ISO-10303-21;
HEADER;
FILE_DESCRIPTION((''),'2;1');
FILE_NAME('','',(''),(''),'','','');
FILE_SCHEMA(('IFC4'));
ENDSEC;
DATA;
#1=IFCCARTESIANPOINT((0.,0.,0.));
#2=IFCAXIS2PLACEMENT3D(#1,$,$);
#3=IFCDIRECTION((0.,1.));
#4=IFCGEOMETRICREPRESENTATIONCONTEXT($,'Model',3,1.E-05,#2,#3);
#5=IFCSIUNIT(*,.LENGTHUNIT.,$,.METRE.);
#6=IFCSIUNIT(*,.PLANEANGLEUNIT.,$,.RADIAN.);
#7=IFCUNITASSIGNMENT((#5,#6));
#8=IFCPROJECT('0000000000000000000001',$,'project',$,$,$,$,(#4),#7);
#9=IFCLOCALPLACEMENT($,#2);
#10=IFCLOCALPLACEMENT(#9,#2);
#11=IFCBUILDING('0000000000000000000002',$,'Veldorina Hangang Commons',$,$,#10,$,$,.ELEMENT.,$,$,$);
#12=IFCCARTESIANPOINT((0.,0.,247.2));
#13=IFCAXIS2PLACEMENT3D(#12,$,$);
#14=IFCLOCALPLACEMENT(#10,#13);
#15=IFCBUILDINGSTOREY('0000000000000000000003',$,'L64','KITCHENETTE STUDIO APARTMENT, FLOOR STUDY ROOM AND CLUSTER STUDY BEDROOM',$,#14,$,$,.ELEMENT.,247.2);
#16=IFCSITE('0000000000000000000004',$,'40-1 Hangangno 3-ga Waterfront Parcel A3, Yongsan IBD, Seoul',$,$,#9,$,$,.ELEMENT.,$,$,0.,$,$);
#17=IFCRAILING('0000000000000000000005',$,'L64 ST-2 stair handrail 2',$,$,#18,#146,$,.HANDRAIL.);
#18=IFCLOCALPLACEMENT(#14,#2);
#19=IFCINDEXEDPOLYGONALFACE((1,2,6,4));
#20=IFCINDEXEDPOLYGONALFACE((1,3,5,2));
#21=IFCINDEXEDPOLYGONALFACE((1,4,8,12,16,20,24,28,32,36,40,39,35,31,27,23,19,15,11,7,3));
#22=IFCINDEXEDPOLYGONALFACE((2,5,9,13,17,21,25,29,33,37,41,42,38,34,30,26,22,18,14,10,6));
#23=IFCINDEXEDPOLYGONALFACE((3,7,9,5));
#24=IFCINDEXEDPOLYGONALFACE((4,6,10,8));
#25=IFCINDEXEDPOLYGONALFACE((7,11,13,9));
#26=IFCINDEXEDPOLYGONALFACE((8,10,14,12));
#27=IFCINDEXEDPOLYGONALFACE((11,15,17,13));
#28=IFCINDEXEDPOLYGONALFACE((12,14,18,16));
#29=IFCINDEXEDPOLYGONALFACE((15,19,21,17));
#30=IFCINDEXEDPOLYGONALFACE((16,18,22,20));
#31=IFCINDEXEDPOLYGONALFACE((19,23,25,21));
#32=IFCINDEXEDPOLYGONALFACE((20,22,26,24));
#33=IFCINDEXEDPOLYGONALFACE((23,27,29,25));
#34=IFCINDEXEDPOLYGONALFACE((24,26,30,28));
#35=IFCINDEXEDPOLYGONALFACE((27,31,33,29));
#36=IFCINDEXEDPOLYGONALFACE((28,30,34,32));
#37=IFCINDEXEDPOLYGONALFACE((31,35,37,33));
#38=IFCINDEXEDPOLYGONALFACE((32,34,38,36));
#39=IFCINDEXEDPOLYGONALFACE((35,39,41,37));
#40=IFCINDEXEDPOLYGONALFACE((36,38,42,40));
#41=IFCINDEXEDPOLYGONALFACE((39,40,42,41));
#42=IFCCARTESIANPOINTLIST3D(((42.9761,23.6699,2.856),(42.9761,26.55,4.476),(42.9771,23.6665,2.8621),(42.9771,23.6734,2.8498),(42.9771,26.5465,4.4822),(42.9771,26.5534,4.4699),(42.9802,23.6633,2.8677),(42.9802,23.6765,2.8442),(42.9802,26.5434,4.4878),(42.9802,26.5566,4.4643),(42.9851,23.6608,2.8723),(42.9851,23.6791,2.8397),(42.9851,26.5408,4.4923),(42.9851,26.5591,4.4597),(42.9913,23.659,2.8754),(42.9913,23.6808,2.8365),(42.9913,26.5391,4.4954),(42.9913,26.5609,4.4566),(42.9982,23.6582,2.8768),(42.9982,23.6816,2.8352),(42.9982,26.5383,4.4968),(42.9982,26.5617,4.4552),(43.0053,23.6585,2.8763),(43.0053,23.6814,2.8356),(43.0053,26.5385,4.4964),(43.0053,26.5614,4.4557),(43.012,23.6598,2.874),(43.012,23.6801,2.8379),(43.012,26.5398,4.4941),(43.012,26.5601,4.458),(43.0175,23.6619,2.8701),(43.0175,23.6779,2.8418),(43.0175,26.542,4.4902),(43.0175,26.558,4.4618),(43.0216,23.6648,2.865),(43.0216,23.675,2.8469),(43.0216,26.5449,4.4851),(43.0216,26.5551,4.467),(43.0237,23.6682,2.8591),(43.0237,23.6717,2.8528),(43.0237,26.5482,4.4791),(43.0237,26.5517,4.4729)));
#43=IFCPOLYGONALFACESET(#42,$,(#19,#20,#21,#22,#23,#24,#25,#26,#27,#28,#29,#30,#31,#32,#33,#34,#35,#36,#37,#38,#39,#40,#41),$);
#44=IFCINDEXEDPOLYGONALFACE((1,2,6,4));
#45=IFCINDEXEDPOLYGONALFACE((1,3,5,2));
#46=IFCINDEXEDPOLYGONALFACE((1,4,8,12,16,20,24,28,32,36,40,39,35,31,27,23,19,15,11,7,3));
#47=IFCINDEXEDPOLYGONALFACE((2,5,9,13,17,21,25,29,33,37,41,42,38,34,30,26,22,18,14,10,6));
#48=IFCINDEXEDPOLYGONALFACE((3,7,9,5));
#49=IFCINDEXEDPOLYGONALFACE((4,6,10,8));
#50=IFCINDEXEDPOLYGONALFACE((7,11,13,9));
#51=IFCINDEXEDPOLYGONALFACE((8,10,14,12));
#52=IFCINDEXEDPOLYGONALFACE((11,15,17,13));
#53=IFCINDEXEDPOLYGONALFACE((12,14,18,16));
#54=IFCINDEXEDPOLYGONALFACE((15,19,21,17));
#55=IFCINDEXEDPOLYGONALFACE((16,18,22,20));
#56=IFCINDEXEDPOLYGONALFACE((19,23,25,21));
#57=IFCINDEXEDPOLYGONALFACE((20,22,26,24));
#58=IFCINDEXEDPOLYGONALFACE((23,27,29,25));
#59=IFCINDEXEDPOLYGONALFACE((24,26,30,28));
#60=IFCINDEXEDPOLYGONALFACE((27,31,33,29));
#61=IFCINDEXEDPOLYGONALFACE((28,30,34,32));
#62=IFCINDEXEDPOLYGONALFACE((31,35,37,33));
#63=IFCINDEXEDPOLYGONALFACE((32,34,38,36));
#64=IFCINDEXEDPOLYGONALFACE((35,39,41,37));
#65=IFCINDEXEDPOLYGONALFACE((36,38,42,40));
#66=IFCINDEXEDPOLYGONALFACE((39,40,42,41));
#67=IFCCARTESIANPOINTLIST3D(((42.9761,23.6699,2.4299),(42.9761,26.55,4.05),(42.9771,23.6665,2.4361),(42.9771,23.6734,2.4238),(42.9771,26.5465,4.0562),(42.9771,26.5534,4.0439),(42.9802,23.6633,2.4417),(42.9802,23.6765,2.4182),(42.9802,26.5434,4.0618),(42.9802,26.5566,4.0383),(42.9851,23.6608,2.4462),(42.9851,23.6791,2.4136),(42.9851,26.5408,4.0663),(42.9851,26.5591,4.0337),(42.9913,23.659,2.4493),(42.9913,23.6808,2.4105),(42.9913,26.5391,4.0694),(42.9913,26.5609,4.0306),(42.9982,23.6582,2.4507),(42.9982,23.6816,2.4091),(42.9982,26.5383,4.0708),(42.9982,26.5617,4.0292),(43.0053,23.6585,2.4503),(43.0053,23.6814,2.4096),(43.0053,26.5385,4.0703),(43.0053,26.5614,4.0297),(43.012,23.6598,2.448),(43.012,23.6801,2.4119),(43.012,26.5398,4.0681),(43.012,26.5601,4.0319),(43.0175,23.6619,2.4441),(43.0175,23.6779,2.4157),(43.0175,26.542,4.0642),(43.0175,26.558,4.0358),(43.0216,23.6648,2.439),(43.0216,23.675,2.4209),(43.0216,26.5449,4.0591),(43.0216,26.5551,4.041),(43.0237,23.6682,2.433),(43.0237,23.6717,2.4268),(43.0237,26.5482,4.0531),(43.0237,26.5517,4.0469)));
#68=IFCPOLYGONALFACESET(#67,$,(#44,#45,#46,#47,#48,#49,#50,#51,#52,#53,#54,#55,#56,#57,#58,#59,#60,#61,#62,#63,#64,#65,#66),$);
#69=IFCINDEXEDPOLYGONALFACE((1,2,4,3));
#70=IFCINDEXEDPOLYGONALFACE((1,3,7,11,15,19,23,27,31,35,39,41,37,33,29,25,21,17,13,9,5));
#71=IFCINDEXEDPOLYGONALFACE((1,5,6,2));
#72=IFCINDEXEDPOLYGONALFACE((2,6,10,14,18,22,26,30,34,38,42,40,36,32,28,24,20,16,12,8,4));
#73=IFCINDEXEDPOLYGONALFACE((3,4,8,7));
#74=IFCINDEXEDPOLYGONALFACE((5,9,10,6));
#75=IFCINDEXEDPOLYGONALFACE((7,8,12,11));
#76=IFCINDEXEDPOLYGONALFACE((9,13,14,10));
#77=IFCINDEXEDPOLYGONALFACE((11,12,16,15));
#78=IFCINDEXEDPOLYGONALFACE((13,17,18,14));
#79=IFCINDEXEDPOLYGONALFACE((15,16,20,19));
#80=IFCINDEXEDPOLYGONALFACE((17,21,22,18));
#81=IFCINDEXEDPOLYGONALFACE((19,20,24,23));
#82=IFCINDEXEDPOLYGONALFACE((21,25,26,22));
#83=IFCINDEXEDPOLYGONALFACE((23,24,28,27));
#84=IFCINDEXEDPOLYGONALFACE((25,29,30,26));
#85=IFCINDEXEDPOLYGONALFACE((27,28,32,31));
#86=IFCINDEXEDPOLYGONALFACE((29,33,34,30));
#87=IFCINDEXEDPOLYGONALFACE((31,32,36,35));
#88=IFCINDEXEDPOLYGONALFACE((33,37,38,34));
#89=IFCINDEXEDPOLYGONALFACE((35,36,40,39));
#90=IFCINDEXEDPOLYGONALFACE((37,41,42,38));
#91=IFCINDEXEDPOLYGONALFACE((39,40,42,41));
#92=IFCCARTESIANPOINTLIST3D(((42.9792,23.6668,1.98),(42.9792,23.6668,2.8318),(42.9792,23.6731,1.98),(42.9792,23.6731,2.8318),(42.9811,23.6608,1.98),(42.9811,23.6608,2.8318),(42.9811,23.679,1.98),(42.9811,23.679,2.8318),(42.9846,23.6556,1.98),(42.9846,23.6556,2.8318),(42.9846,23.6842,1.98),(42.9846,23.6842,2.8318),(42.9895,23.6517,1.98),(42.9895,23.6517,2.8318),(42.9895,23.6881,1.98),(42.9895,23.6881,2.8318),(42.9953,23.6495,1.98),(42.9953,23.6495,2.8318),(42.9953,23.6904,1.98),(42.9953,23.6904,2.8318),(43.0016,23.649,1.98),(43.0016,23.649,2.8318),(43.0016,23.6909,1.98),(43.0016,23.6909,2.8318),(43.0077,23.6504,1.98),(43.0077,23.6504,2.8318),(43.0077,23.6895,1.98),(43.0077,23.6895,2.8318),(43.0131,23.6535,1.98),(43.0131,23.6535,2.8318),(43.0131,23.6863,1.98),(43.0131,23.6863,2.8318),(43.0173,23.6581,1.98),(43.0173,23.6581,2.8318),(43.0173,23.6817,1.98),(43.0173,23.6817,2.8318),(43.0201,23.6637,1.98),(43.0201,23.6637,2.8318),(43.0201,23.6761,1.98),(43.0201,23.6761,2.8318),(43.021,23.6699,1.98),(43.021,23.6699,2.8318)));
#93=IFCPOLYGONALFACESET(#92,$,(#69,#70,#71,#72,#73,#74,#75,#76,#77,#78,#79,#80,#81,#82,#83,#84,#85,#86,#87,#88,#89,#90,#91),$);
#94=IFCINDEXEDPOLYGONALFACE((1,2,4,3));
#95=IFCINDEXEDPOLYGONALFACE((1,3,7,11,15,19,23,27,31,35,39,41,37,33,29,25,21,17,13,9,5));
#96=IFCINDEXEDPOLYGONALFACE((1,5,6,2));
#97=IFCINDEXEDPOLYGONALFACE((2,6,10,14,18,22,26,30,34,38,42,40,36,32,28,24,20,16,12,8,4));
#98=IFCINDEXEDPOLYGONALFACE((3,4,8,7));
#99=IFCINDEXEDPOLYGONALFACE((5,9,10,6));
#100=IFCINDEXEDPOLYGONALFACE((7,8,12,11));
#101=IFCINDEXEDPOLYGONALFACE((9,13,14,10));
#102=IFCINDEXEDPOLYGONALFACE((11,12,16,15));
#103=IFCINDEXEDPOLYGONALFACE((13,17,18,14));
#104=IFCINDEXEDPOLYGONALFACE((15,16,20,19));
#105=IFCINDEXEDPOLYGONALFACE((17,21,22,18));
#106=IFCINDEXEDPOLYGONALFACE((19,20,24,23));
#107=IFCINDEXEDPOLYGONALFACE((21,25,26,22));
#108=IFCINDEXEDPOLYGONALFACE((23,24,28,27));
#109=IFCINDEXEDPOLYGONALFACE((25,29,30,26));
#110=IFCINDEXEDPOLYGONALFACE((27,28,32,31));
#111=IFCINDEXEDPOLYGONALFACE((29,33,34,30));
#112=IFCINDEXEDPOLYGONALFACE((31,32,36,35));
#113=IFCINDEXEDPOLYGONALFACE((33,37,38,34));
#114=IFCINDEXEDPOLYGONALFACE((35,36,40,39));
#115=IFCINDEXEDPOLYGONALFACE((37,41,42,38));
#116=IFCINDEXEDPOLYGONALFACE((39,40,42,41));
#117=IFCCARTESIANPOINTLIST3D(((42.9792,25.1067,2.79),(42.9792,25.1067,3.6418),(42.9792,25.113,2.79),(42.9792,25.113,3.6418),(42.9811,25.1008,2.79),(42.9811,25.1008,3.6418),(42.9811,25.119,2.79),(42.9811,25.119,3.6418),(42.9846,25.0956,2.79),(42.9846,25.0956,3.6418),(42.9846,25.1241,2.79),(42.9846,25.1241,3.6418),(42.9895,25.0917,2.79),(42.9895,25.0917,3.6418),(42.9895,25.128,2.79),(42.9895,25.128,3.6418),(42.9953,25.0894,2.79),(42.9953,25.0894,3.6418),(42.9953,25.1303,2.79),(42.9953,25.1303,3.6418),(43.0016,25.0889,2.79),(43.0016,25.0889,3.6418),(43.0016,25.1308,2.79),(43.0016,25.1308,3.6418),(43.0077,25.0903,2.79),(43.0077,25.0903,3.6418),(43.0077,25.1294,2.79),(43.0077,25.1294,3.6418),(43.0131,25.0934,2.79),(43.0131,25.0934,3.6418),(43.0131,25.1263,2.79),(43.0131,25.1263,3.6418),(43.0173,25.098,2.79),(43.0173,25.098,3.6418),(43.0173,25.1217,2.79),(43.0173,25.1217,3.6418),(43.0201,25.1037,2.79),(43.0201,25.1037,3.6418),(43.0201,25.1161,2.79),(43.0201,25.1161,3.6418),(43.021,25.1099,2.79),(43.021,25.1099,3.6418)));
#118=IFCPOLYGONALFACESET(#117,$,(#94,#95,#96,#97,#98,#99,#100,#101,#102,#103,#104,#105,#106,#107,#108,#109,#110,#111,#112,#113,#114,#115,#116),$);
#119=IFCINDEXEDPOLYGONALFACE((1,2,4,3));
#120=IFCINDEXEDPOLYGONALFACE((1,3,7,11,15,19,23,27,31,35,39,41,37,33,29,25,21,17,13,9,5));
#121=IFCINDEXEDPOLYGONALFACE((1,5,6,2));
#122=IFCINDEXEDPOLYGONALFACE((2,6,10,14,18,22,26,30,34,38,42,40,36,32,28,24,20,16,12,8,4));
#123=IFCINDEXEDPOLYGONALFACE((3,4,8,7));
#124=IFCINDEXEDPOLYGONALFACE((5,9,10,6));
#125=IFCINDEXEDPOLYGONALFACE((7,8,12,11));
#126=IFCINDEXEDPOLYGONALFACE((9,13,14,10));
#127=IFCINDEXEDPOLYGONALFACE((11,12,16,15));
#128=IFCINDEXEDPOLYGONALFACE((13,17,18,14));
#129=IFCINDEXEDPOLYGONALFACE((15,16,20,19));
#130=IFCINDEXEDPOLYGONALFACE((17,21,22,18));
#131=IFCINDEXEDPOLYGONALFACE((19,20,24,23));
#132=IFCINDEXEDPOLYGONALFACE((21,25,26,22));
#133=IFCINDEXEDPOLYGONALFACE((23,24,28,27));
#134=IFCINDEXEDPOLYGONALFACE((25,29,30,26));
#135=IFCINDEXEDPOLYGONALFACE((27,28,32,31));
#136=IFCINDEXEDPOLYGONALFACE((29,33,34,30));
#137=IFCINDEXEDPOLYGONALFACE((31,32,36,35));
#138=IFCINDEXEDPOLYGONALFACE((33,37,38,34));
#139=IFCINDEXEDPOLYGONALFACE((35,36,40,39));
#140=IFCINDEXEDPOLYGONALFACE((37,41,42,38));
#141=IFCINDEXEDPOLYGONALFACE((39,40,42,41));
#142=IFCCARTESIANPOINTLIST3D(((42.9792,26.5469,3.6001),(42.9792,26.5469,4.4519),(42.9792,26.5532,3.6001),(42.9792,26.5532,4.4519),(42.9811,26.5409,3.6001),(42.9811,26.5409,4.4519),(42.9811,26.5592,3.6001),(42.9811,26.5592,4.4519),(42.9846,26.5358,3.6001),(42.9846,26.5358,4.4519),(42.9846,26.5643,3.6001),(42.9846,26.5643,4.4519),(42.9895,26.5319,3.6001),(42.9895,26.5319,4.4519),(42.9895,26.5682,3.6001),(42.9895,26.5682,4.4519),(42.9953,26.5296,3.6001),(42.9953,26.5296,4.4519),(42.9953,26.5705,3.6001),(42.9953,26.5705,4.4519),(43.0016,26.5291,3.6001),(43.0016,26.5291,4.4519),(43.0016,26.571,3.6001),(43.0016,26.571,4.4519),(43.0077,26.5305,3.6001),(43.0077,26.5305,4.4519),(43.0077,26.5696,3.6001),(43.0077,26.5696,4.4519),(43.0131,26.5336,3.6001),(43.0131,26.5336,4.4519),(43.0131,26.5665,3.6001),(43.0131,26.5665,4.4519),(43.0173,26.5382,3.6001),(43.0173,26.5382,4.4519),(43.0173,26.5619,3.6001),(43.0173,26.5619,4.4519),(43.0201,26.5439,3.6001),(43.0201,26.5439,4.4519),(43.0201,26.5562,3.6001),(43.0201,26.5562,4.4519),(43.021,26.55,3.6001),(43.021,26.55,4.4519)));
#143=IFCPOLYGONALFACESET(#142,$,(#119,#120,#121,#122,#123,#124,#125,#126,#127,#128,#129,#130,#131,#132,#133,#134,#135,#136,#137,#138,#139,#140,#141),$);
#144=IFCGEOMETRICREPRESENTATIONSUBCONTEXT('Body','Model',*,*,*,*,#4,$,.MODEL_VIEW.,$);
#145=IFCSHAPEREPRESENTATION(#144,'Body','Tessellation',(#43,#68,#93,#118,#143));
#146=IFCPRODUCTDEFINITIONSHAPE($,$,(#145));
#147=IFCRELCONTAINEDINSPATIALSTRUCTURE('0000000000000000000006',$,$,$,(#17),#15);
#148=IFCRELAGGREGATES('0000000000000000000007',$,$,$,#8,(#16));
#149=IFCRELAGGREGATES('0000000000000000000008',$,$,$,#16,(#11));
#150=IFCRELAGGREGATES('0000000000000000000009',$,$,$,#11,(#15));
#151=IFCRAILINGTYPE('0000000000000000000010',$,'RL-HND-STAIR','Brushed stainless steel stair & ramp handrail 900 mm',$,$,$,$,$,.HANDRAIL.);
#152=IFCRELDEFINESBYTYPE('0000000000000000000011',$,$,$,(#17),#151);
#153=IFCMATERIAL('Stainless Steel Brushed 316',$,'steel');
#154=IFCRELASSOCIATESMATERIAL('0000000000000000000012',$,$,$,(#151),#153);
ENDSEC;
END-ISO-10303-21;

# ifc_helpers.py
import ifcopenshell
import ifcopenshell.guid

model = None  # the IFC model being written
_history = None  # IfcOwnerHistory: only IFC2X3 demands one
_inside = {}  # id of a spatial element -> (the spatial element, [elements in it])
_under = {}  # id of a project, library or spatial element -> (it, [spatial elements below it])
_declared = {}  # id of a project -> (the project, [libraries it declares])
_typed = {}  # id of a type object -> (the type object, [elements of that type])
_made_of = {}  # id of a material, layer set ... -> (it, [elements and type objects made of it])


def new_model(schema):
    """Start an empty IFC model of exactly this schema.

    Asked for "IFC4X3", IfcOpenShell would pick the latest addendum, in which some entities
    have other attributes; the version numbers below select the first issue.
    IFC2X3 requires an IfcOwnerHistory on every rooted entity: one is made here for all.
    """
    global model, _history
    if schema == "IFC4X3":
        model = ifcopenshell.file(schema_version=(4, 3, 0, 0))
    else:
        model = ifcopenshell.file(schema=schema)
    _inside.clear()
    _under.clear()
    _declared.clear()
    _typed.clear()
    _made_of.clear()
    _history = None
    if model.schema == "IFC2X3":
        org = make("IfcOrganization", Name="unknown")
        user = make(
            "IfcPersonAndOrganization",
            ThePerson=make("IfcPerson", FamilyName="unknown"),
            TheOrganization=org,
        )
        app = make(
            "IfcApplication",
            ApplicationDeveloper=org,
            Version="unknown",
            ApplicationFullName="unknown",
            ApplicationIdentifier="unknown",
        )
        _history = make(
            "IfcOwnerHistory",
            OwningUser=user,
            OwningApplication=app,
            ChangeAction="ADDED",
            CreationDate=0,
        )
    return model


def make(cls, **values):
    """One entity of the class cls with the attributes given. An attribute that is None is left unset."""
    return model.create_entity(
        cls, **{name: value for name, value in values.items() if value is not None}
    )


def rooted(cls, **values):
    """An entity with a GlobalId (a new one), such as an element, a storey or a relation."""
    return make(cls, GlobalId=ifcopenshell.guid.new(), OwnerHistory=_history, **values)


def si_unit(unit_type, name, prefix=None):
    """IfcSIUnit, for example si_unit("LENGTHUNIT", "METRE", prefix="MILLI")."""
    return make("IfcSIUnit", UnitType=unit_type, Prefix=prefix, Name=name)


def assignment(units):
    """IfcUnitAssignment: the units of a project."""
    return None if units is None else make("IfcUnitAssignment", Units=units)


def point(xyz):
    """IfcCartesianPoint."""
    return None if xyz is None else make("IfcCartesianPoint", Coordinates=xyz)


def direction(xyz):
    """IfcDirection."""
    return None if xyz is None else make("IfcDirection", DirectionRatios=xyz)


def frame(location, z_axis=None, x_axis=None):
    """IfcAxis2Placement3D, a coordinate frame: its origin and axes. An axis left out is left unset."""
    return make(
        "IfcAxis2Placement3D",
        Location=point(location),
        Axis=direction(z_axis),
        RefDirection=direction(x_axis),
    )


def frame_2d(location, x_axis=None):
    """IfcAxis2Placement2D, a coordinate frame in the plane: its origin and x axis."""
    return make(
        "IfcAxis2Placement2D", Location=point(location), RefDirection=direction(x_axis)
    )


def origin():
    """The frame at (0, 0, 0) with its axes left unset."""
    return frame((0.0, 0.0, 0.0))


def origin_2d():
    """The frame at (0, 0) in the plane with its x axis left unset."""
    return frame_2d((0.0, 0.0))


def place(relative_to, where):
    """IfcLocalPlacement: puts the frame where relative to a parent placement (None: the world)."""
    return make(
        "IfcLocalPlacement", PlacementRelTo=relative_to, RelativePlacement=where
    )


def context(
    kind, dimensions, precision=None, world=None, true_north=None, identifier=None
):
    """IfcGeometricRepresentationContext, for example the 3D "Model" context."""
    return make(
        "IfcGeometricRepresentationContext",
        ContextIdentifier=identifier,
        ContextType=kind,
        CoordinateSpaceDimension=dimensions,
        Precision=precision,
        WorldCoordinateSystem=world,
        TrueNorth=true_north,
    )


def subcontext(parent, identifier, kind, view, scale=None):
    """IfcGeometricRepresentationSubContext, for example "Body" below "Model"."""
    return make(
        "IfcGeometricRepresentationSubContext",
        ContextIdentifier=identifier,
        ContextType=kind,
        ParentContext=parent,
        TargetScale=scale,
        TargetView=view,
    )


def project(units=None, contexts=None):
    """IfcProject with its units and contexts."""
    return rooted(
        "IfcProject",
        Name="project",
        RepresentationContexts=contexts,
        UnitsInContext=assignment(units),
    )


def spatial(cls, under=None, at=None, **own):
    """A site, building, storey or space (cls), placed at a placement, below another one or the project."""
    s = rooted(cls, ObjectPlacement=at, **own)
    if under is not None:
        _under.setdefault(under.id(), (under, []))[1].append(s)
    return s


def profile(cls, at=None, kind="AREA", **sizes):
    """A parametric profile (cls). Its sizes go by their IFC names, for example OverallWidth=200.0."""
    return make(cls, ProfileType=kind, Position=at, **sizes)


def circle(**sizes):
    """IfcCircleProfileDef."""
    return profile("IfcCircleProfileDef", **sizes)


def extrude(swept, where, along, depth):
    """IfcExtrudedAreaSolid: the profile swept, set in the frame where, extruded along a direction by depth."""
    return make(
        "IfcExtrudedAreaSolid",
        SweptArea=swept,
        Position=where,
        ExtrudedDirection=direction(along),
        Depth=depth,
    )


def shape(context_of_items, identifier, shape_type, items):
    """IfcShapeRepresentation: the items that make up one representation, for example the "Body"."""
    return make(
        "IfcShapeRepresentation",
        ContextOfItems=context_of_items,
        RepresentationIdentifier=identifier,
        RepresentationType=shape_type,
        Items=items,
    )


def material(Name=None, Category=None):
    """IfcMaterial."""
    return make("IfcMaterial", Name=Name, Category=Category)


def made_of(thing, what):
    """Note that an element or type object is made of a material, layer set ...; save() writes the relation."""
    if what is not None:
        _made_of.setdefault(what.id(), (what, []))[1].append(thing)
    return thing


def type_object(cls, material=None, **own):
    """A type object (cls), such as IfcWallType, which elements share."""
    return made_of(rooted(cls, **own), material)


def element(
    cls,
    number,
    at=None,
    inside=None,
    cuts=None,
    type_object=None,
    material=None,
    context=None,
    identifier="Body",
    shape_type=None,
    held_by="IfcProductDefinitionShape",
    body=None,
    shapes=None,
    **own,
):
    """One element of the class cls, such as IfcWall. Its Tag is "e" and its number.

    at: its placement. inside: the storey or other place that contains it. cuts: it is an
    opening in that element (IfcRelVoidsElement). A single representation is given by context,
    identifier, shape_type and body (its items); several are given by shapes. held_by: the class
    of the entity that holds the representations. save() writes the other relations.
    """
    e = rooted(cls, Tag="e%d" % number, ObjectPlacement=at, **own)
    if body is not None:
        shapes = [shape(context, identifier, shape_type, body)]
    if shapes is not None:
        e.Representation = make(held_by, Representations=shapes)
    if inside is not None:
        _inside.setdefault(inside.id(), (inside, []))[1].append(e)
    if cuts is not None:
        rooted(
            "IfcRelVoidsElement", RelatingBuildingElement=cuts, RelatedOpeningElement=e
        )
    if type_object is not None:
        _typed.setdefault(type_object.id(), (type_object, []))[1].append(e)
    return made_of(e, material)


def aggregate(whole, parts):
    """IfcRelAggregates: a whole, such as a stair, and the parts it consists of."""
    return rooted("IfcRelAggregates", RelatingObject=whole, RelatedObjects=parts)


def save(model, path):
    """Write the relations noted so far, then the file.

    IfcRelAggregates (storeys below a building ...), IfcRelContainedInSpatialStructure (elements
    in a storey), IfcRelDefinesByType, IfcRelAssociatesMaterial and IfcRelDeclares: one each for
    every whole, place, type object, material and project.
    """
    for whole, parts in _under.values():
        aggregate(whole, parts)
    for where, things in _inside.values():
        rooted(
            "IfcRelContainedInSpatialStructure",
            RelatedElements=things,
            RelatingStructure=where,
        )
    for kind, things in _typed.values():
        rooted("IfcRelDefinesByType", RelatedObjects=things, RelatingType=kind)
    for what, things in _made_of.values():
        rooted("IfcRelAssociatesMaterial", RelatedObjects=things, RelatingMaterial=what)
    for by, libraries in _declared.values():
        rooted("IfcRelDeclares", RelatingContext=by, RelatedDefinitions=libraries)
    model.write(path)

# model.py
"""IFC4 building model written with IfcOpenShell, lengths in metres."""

from ifc_helpers import new_model, si_unit, direction, frame, origin, origin_2d, place, context, subcontext, project, spatial, circle, extrude, material, type_object, element, save


model = new_model("IFC4")

# Units and contexts
model_context = context("Model", 3, precision=1e-05, world=origin(), true_north=direction((0.0, 1.0)))
body_context = subcontext(model_context, "Body", "Model", "MODEL_VIEW")
ifc_project = project(units=[si_unit("LENGTHUNIT", "METRE"), si_unit("PLANEANGLEUNIT", "RADIAN")], contexts=[model_context])

# Site, building, storey
site_placement = place(None, origin())
site = spatial("IfcSite", under=ifc_project, at=site_placement, Name="40-1 Hangangno 3-ga Waterfront Parcel A3, Yongsan IBD, Seoul", CompositionType="ELEMENT", RefElevation=0.0)
building_placement = place(site_placement, origin())
building = spatial("IfcBuilding", under=site, at=building_placement, Name="Veldorina Hangang Commons", CompositionType="ELEMENT")
storey_placement = place(building_placement, frame((0.0, 0.0, 247.2)))
storey = spatial("IfcBuildingStorey", under=building, at=storey_placement, Name="L64", Description="KITCHENETTE STUDIO APARTMENT, FLOOR STUDY ROOM AND CLUSTER STUDY BEDROOM", CompositionType="ELEMENT", Elevation=247.2)

# Railing
ifc_material_1 = material(Name="Stainless Steel Brushed 316", Category="steel")
railing_type_1 = type_object("IfcRailingType", Name="RL-HND-STAIR", Description="Brushed stainless steel stair & ramp handrail 900 mm", PredefinedType="HANDRAIL", material=ifc_material_1)
railing_1_placement = place(storey_placement, frame((43.0, 23.6699, 1.98)))
element("IfcRailing", 1, at=railing_1_placement, inside=storey, type_object=railing_type_1, Name="L64 ST-2 stair handrail 2", PredefinedType="HANDRAIL", context=body_context, shape_type="SweptSolid", body=[
    extrude(circle(Radius=0.0239, at=origin_2d()), frame((0.0, 0.0, 0.876), z_axis=(0.0, 0.87157, 0.490272), x_axis=(-1.0, 0.0, 0.0)), (0.0, 0.0, 1.0), 3.3044),
    extrude(circle(Radius=0.0239, at=origin_2d()), frame((0.0, 0.0, 0.45), z_axis=(0.0, 0.87157, 0.490272), x_axis=(-1.0, 0.0, 0.0)), (0.0, 0.0, 1.0), 3.3044),
    extrude(circle(Radius=0.021, at=origin_2d()), origin(), (0.0, 0.0, 1.0), 0.8518),
    extrude(circle(Radius=0.021, at=origin_2d()), frame((0.0, 1.4399, 0.8101)), (0.0, 0.0, 1.0), 0.8518),
    extrude(circle(Radius=0.021, at=origin_2d()), frame((0.0, 2.8801, 1.6201)), (0.0, 0.0, 1.0), 0.8518),
])

save(model, "model.ifc")
